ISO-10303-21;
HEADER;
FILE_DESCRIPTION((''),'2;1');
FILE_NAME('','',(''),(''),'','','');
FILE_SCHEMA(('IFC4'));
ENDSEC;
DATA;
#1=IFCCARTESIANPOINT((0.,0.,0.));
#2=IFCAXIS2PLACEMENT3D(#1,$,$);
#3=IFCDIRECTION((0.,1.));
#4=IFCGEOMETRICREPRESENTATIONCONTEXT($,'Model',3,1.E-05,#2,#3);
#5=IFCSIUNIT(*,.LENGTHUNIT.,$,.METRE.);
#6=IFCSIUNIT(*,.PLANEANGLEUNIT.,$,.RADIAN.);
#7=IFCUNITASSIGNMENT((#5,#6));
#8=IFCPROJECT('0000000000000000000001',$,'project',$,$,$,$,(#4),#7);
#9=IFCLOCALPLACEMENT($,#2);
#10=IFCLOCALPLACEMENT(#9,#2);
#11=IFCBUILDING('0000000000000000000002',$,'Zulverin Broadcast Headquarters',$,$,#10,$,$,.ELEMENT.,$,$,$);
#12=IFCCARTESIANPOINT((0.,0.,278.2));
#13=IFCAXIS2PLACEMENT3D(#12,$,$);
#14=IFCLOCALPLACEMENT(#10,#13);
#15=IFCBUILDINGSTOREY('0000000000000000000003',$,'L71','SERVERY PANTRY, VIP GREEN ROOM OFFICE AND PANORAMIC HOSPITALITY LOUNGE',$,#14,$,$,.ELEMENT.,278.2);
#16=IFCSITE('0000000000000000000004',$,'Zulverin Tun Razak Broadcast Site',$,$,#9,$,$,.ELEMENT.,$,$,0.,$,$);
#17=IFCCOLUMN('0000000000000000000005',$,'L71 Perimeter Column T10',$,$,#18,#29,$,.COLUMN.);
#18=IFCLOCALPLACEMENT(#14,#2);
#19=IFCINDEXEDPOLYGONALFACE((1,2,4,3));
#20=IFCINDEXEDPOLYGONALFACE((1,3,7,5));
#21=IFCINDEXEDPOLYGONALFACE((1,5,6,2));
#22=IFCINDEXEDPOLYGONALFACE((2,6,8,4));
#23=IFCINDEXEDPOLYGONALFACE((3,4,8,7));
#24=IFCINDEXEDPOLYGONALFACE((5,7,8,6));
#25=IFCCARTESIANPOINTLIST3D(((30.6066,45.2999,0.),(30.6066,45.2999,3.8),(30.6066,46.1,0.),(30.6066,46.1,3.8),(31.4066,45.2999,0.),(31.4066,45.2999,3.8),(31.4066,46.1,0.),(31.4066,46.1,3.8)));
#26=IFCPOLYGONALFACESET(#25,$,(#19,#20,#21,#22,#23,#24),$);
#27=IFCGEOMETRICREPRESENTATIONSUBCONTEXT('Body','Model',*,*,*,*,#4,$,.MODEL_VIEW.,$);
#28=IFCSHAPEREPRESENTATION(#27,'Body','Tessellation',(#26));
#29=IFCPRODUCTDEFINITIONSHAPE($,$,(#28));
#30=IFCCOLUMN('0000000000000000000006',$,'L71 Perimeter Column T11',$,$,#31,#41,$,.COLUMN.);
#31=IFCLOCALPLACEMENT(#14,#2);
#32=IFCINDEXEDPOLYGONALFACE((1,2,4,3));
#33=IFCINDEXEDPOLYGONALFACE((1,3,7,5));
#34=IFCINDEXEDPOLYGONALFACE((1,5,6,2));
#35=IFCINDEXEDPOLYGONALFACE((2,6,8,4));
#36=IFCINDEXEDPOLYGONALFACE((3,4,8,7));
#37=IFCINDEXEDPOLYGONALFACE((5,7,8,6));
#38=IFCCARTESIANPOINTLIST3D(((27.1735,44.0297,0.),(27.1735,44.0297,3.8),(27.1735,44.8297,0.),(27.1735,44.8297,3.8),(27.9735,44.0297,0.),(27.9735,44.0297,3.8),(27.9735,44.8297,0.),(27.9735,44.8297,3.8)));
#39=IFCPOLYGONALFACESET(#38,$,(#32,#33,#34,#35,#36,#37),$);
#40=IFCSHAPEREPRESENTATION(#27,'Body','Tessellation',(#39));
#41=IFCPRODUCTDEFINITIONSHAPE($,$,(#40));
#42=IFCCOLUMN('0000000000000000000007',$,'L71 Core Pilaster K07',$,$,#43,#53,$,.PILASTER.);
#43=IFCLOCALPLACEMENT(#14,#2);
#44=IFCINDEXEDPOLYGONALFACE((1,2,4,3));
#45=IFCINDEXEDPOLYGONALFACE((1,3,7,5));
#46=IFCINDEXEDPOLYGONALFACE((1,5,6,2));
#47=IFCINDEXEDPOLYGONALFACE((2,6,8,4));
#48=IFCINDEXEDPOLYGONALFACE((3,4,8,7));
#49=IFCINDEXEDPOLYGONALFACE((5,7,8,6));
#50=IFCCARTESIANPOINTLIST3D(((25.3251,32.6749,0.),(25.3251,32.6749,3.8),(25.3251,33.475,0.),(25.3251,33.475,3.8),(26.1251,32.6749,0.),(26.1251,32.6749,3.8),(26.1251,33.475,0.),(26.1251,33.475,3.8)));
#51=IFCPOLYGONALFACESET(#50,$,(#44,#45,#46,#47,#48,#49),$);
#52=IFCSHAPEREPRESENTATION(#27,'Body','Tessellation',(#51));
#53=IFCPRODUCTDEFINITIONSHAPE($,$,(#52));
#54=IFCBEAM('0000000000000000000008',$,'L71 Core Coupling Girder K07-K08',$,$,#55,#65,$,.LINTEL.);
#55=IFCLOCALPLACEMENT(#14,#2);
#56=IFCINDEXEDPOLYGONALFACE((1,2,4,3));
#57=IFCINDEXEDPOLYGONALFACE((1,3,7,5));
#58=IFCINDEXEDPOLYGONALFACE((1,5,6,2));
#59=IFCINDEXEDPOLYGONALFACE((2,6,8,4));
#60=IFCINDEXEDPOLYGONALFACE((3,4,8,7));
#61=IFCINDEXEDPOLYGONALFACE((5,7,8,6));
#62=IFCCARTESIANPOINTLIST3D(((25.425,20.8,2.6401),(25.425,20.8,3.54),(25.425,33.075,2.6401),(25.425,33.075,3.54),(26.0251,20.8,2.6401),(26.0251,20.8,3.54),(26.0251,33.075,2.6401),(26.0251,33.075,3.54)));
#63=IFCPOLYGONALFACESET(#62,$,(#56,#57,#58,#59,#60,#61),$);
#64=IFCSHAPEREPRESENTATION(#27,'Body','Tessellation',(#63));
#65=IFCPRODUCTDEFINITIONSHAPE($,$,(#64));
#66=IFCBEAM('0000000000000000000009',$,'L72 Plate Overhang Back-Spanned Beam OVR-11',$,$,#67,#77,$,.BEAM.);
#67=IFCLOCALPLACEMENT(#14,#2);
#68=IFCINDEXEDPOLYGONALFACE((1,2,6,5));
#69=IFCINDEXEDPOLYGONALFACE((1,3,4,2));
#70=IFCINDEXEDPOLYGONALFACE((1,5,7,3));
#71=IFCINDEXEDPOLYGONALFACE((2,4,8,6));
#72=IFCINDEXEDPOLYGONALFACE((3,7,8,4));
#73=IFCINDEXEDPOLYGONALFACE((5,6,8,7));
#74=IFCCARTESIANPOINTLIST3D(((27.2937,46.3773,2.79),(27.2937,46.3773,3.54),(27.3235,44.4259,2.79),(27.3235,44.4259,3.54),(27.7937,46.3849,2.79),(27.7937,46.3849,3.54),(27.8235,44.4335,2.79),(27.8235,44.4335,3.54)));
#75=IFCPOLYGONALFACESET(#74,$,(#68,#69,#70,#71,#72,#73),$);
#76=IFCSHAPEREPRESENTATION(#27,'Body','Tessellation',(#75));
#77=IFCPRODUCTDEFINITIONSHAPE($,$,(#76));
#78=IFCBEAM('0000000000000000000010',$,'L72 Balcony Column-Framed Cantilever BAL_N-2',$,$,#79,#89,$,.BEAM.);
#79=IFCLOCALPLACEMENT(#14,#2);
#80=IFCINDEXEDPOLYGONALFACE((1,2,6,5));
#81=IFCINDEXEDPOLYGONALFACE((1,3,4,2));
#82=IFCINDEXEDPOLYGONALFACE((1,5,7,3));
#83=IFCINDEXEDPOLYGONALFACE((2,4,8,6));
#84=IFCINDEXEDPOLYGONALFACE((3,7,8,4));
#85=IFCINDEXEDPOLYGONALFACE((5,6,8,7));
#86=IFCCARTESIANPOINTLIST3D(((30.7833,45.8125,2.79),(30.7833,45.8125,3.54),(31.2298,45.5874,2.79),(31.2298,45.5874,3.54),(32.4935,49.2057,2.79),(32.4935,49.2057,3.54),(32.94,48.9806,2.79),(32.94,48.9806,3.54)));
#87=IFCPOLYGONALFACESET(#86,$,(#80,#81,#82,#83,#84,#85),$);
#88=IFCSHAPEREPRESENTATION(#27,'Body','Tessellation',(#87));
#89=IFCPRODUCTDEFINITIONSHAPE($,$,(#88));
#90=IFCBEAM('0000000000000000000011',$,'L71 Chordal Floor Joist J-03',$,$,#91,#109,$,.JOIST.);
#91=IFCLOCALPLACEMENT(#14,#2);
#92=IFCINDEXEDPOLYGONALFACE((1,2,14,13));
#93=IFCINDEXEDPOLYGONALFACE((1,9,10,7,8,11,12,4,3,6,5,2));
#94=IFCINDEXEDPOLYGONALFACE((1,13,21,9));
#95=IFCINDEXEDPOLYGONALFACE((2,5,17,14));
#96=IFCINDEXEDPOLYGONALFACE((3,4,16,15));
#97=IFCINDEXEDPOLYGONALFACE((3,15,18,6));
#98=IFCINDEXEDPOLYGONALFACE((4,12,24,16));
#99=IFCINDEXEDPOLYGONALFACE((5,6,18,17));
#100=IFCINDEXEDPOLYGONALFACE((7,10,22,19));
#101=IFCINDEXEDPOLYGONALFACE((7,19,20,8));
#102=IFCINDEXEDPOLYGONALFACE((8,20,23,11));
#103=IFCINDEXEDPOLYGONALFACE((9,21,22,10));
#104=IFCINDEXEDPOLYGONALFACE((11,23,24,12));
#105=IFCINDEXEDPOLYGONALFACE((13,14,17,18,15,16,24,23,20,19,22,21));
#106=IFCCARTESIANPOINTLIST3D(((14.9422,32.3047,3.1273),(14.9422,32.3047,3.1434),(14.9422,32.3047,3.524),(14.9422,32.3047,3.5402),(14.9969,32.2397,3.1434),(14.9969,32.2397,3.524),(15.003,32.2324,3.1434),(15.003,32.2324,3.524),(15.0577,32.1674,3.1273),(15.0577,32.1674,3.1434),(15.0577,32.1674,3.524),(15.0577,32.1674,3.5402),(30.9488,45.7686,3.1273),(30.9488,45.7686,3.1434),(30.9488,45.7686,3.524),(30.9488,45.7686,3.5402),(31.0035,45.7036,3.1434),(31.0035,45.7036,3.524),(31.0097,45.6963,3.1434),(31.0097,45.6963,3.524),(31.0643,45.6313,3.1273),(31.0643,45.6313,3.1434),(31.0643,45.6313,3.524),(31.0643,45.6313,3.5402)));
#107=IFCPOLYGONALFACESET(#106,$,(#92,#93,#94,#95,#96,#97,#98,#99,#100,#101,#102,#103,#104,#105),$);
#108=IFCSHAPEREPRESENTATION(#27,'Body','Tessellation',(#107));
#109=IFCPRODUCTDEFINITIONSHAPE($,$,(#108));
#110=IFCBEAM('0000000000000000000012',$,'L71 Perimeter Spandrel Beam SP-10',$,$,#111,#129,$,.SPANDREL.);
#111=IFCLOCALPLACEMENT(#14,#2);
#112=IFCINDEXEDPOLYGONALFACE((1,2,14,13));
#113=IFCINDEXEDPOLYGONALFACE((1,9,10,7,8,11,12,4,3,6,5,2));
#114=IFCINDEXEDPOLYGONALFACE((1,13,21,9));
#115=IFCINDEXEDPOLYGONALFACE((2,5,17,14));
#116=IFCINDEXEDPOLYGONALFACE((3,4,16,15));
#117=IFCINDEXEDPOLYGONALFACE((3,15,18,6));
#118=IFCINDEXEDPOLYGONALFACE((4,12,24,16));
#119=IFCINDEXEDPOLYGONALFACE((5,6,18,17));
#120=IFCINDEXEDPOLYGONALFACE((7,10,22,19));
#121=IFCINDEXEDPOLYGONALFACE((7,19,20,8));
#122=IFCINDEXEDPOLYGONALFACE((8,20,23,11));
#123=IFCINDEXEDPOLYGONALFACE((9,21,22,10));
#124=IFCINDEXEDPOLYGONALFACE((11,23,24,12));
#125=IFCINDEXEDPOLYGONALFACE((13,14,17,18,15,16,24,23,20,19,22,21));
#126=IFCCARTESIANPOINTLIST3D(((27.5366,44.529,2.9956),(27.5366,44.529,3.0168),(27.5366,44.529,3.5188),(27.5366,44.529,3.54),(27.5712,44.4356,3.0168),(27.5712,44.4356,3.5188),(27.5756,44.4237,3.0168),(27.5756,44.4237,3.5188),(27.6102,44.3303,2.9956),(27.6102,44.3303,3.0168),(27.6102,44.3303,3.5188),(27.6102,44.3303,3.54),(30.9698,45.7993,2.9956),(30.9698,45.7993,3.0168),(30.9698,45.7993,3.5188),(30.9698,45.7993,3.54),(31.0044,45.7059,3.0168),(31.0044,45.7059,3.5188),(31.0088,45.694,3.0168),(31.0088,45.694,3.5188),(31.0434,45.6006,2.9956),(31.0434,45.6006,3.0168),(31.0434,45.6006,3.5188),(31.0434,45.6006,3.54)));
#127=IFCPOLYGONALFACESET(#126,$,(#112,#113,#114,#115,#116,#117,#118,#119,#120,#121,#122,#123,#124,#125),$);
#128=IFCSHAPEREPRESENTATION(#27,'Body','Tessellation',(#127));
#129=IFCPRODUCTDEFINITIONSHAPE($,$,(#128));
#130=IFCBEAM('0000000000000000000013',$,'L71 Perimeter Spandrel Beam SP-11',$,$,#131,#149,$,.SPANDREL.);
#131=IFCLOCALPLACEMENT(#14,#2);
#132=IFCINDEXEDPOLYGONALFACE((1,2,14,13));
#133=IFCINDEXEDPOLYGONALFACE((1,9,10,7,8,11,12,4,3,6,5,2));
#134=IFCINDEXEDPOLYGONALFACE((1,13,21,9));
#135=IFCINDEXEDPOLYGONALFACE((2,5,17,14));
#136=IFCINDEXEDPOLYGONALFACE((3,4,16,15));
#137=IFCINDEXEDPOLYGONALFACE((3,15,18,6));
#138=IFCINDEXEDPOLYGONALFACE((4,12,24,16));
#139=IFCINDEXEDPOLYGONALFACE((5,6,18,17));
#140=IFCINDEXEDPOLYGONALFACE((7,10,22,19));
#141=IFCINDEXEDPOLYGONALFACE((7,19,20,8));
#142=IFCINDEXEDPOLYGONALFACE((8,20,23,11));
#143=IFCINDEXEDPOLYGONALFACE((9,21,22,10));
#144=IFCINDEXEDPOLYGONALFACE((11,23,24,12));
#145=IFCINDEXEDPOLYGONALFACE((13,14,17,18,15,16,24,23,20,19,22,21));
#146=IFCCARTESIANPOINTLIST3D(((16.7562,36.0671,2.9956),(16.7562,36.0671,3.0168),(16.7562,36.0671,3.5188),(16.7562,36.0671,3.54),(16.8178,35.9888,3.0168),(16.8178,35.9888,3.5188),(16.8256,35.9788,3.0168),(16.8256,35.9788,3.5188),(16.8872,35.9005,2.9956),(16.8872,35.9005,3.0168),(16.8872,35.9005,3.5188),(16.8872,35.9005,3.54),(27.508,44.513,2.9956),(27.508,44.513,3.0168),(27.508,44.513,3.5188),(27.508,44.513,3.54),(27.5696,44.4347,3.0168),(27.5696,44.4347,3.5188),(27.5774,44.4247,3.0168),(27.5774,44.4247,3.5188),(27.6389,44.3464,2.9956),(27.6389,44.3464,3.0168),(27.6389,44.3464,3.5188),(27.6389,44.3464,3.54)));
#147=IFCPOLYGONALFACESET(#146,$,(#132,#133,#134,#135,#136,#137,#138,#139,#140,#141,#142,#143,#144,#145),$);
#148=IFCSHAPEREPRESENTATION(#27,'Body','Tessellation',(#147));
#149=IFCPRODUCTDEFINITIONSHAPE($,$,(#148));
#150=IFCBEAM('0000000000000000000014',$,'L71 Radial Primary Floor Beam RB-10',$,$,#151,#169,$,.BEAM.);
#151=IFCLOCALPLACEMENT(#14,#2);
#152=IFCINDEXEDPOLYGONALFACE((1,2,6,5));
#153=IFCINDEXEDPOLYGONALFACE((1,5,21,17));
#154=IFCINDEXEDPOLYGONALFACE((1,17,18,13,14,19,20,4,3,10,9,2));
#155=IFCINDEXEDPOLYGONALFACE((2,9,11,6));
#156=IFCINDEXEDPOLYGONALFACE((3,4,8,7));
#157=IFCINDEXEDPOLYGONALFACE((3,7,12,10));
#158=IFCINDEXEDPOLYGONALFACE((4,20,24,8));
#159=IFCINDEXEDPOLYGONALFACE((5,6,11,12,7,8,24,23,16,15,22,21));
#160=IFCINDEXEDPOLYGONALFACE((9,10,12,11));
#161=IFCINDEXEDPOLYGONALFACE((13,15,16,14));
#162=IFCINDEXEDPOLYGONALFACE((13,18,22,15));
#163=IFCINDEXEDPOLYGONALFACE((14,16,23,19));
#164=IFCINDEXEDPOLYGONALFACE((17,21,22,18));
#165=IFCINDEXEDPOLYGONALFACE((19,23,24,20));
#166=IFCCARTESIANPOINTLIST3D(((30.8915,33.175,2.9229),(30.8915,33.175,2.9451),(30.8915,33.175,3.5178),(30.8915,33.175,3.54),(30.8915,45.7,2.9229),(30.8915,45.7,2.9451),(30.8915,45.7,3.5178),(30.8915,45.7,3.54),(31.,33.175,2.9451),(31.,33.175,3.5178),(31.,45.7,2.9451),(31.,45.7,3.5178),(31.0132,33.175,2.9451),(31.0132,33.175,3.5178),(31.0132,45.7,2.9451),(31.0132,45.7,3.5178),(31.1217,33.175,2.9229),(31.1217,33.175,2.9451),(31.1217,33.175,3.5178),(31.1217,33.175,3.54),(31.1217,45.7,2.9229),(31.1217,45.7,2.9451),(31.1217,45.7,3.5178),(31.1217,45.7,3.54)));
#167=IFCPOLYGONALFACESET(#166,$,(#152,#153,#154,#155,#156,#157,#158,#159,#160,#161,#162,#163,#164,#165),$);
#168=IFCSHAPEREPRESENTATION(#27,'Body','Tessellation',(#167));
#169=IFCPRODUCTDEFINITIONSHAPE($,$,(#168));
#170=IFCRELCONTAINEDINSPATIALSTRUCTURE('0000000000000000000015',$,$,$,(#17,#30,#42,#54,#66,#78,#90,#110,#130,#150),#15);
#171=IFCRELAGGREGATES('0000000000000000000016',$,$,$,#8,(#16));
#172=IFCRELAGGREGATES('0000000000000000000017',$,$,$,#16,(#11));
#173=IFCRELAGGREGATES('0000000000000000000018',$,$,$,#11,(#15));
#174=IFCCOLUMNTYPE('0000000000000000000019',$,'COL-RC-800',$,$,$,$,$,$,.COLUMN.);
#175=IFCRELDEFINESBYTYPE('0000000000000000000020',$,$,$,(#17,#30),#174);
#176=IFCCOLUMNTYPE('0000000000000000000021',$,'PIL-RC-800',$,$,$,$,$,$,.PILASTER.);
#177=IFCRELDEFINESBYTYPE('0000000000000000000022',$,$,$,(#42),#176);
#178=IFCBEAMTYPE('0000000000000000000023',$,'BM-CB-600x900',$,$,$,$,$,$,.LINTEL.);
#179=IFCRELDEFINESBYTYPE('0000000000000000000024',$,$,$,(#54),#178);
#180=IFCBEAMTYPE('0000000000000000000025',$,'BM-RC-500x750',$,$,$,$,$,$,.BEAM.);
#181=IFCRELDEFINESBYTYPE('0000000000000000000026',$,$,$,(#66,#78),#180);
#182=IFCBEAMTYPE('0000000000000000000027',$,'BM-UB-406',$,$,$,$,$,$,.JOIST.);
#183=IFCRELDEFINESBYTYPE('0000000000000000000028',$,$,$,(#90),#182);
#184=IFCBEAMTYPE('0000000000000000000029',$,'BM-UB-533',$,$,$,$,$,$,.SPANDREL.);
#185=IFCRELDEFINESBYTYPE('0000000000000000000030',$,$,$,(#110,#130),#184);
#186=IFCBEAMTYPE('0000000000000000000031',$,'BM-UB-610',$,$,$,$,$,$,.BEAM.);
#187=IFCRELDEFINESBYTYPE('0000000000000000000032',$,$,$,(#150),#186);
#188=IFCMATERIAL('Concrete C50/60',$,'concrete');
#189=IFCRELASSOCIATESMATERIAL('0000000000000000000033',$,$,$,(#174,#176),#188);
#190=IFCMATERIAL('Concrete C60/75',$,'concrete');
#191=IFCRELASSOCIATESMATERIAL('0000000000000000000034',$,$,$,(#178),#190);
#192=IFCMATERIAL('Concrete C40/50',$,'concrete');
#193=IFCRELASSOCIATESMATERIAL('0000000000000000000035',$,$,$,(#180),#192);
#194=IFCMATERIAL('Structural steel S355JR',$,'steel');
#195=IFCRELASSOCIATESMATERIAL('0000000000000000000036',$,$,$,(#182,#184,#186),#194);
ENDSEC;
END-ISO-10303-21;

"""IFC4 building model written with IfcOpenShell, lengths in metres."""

from ifc_helpers import new_model, si_unit, direction, frame, origin, origin_2d, place, context, subcontext, project, spatial, rectangle, i_section, extrude, material, material_profile, profile_set, type_object, element, save


model = new_model("IFC4")

# Units and contexts
model_context = context("Model", 3, precision=1e-05, world=origin(), true_north=direction((0.0, 1.0)))
body_context = subcontext(model_context, "Body", "Model", "MODEL_VIEW")
ifc_project = project(units=[si_unit("LENGTHUNIT", "METRE"), si_unit("PLANEANGLEUNIT", "RADIAN")], contexts=[model_context])

# Site, building, storey
site_placement = place(None, origin())
site = spatial("IfcSite", under=ifc_project, at=site_placement, Name="Zulverin Tun Razak Broadcast Site", CompositionType="ELEMENT", RefElevation=0.0)
building_placement = place(site_placement, origin())
building = spatial("IfcBuilding", under=site, at=building_placement, Name="Zulverin Broadcast Headquarters", CompositionType="ELEMENT")
storey_placement = place(building_placement, frame((0.0, 0.0, 278.2)))
storey = spatial("IfcBuildingStorey", under=building, at=storey_placement, Name="L71", Description="SERVERY PANTRY, VIP GREEN ROOM OFFICE AND PANORAMIC HOSPITALITY LOUNGE", CompositionType="ELEMENT", Elevation=278.2)

# Columns
ifc_material_1 = material(Name="Concrete C50/60", Category="concrete")
ifc_material_profile_1 = material_profile(ifc_material_1, rectangle(XDim=0.8, YDim=0.8, at=origin_2d()), Name="Concrete C50/60", Category="concrete")
ifc_profile_set_1 = profile_set([ifc_material_profile_1], Name="Concrete C50/60")
column_type_1 = type_object("IfcColumnType", Name="COL-RC-800", PredefinedType="COLUMN", material=ifc_profile_set_1)
for number, where, z_axis, x_axis, name in (
    (1, (31.0066, 45.7, 0.0), (0.0, 0.0, 1.0), (1.0, 0.0, 0.0), "L71 Perimeter Column T10"),
    (2, (27.5735, 44.4297, 0.0), (0.0, 0.0, 1.0), (1.0, 0.0, 0.0), "L71 Perimeter Column T11"),
):
    element("IfcColumn", number, at=place(storey_placement, frame(where, z_axis=z_axis, x_axis=x_axis)), inside=storey, type_object=column_type_1, Name=name, PredefinedType="COLUMN", context=body_context, shape_type="SweptSolid", body=[
        extrude(rectangle(XDim=0.8, YDim=0.8, at=origin_2d()), origin(), (0.0, 0.0, 1.0), 3.8),
    ])
ifc_material_profile_2 = material_profile(ifc_material_1, rectangle(XDim=0.8, YDim=0.8, at=origin_2d()), Name="Concrete C50/60", Category="concrete")
ifc_profile_set_2 = profile_set([ifc_material_profile_2], Name="Concrete C50/60")
column_type_2 = type_object("IfcColumnType", Name="PIL-RC-800", PredefinedType="PILASTER", material=ifc_profile_set_2)
column_placement = place(storey_placement, frame((25.7251, 33.075, 0.0), z_axis=(0.0, 0.0, 1.0), x_axis=(1.0, 0.0, 0.0)))
element("IfcColumn", 3, at=column_placement, inside=storey, type_object=column_type_2, Name="L71 Core Pilaster K07", PredefinedType="PILASTER", context=body_context, shape_type="SweptSolid", body=[
    extrude(rectangle(XDim=0.8, YDim=0.8, at=origin_2d()), origin(), (0.0, 0.0, 1.0), 3.8),
])

# Beams
ifc_material_2 = material(Name="Concrete C60/75", Category="concrete")
ifc_material_profile_3 = material_profile(ifc_material_2, rectangle(XDim=0.6001, YDim=0.8999, at=origin_2d()), Name="Concrete C60/75", Category="concrete")
ifc_profile_set_3 = profile_set([ifc_material_profile_3], Name="Concrete C60/75")
beam_type_1 = type_object("IfcBeamType", Name="BM-CB-600x900", PredefinedType="LINTEL", material=ifc_profile_set_3)
beam_1_placement = place(storey_placement, frame((25.7251, 33.075, 3.0901), z_axis=(0.0, -1.0, 0.0), x_axis=(1.0, 0.0, 0.0)))
element("IfcBeam", 4, at=beam_1_placement, inside=storey, type_object=beam_type_1, Name="L71 Core Coupling Girder K07-K08", PredefinedType="LINTEL", context=body_context, shape_type="SweptSolid", body=[
    extrude(rectangle(XDim=0.6001, YDim=0.8999, at=origin_2d()), origin(), (0.0, 0.0, 1.0), 12.2749),
])
ifc_material_3 = material(Name="Concrete C40/50", Category="concrete")
ifc_material_profile_4 = material_profile(ifc_material_3, rectangle(XDim=0.5, YDim=0.75, at=origin_2d()), Name="Concrete C40/50", Category="concrete")
ifc_profile_set_4 = profile_set([ifc_material_profile_4], Name="Concrete C40/50")
beam_type_2 = type_object("IfcBeamType", Name="BM-RC-500x750", PredefinedType="BEAM", material=ifc_profile_set_4)
beam_2_placement = place(storey_placement, frame((27.5735, 44.4297, 3.165), z_axis=(-0.015262, 0.999884, 0.0), x_axis=(-0.999884, -0.015262, 0.0)))
element("IfcBeam", 5, at=beam_2_placement, inside=storey, type_object=beam_type_2, Name="L72 Plate Overhang Back-Spanned Beam OVR-11", PredefinedType="BEAM", context=body_context, shape_type="SweptSolid", body=[
    extrude(rectangle(XDim=0.5, YDim=0.75, at=origin_2d()), origin(), (0.0, 0.0, 1.0), 1.9517),
])
beam_3_placement = place(storey_placement, frame((31.0066, 45.7, 3.165), z_axis=(0.450064, 0.892996, 0.0), x_axis=(-0.892996, 0.450064, 0.0)))
element("IfcBeam", 6, at=beam_3_placement, inside=storey, type_object=beam_type_2, Name="L72 Balcony Column-Framed Cantilever BAL_N-2", PredefinedType="BEAM", context=body_context, shape_type="SweptSolid", body=[
    extrude(rectangle(XDim=0.5, YDim=0.75, at=origin_2d()), origin(), (0.0, 0.0, 1.0), 3.7998),
])
ifc_material_4 = material(Name="Structural steel S355JR", Category="steel")
ifc_material_profile_5 = material_profile(ifc_material_4, i_section(OverallWidth=0.1794, OverallDepth=0.4128, WebThickness=0.0095, FlangeThickness=0.0161, at=origin_2d()), Name="Structural steel S355JR", Category="steel")
ifc_profile_set_5 = profile_set([ifc_material_profile_5], Name="Structural steel S355JR")
beam_type_3 = type_object("IfcBeamType", Name="BM-UB-406", PredefinedType="JOIST", material=ifc_profile_set_5)
beam_4_placement = place(storey_placement, frame((31.0066, 45.7, 3.3337), z_axis=(-0.765273, -0.643706, 0.0), x_axis=(0.643706, -0.765273, 0.0)))
element("IfcBeam", 7, at=beam_4_placement, inside=storey, type_object=beam_type_3, Name="L71 Chordal Floor Joist J-03", PredefinedType="JOIST", context=body_context, shape_type="SweptSolid", body=[
    extrude(i_section(OverallWidth=0.1794, OverallDepth=0.4128, WebThickness=0.0095, FlangeThickness=0.0161, at=origin_2d()), origin(), (0.0, 0.0, 1.0), 20.9163),
])
ifc_material_profile_6 = material_profile(ifc_material_4, i_section(OverallWidth=0.2119, OverallDepth=0.5444, WebThickness=0.0127, FlangeThickness=0.0212, at=origin_2d()), Name="Structural steel S355JR", Category="steel")
ifc_profile_set_6 = profile_set([ifc_material_profile_6], Name="Structural steel S355JR")
beam_type_4 = type_object("IfcBeamType", Name="BM-UB-533", PredefinedType="SPANDREL", material=ifc_profile_set_6)
beam_5_placement = place(storey_placement, frame((31.0066, 45.7, 3.2678), z_axis=(-0.937861, -0.347012, 0.0), x_axis=(0.347012, -0.937861, 0.0)))
element("IfcBeam", 8, at=beam_5_placement, inside=storey, type_object=beam_type_4, Name="L71 Perimeter Spandrel Beam SP-10", PredefinedType="SPANDREL", context=body_context, shape_type="SweptSolid", body=[
    extrude(i_section(OverallWidth=0.2119, OverallDepth=0.5444, WebThickness=0.0127, FlangeThickness=0.0212, at=origin_2d()), origin(), (0.0, 0.0, 1.0), 3.6606),
])
beam_6_placement = place(storey_placement, frame((27.5735, 44.4297, 3.2678), z_axis=(-0.786388, -0.617732, 0.0), x_axis=(0.617732, -0.786388, 0.0)))
element("IfcBeam", 9, at=beam_6_placement, inside=storey, type_object=beam_type_4, Name="L71 Perimeter Spandrel Beam SP-11", PredefinedType="SPANDREL", context=body_context, shape_type="SweptSolid", body=[
    extrude(i_section(OverallWidth=0.2119, OverallDepth=0.5444, WebThickness=0.0127, FlangeThickness=0.0212, at=origin_2d()), origin(), (0.0, 0.0, 1.0), 13.6724),
])
ifc_material_profile_7 = material_profile(ifc_material_4, i_section(OverallWidth=0.2302, OverallDepth=0.6172, WebThickness=0.0132, FlangeThickness=0.0222, at=origin_2d()), Name="Structural steel S355JR", Category="steel")
ifc_profile_set_7 = profile_set([ifc_material_profile_7], Name="Structural steel S355JR")
beam_type_5 = type_object("IfcBeamType", Name="BM-UB-610", PredefinedType="BEAM", material=ifc_profile_set_7)
beam_7_placement = place(storey_placement, frame((31.0066, 33.175, 3.2314), z_axis=(0.0, 1.0, 0.0), x_axis=(-1.0, 0.0, 0.0)))
element("IfcBeam", 10, at=beam_7_placement, inside=storey, type_object=beam_type_5, Name="L71 Radial Primary Floor Beam RB-10", PredefinedType="BEAM", context=body_context, shape_type="SweptSolid", body=[
    extrude(i_section(OverallWidth=0.2302, OverallDepth=0.6172, WebThickness=0.0132, FlangeThickness=0.0222, at=origin_2d()), origin(), (0.0, 0.0, 1.0), 12.5249),
])

save(model, "model.ifc")
